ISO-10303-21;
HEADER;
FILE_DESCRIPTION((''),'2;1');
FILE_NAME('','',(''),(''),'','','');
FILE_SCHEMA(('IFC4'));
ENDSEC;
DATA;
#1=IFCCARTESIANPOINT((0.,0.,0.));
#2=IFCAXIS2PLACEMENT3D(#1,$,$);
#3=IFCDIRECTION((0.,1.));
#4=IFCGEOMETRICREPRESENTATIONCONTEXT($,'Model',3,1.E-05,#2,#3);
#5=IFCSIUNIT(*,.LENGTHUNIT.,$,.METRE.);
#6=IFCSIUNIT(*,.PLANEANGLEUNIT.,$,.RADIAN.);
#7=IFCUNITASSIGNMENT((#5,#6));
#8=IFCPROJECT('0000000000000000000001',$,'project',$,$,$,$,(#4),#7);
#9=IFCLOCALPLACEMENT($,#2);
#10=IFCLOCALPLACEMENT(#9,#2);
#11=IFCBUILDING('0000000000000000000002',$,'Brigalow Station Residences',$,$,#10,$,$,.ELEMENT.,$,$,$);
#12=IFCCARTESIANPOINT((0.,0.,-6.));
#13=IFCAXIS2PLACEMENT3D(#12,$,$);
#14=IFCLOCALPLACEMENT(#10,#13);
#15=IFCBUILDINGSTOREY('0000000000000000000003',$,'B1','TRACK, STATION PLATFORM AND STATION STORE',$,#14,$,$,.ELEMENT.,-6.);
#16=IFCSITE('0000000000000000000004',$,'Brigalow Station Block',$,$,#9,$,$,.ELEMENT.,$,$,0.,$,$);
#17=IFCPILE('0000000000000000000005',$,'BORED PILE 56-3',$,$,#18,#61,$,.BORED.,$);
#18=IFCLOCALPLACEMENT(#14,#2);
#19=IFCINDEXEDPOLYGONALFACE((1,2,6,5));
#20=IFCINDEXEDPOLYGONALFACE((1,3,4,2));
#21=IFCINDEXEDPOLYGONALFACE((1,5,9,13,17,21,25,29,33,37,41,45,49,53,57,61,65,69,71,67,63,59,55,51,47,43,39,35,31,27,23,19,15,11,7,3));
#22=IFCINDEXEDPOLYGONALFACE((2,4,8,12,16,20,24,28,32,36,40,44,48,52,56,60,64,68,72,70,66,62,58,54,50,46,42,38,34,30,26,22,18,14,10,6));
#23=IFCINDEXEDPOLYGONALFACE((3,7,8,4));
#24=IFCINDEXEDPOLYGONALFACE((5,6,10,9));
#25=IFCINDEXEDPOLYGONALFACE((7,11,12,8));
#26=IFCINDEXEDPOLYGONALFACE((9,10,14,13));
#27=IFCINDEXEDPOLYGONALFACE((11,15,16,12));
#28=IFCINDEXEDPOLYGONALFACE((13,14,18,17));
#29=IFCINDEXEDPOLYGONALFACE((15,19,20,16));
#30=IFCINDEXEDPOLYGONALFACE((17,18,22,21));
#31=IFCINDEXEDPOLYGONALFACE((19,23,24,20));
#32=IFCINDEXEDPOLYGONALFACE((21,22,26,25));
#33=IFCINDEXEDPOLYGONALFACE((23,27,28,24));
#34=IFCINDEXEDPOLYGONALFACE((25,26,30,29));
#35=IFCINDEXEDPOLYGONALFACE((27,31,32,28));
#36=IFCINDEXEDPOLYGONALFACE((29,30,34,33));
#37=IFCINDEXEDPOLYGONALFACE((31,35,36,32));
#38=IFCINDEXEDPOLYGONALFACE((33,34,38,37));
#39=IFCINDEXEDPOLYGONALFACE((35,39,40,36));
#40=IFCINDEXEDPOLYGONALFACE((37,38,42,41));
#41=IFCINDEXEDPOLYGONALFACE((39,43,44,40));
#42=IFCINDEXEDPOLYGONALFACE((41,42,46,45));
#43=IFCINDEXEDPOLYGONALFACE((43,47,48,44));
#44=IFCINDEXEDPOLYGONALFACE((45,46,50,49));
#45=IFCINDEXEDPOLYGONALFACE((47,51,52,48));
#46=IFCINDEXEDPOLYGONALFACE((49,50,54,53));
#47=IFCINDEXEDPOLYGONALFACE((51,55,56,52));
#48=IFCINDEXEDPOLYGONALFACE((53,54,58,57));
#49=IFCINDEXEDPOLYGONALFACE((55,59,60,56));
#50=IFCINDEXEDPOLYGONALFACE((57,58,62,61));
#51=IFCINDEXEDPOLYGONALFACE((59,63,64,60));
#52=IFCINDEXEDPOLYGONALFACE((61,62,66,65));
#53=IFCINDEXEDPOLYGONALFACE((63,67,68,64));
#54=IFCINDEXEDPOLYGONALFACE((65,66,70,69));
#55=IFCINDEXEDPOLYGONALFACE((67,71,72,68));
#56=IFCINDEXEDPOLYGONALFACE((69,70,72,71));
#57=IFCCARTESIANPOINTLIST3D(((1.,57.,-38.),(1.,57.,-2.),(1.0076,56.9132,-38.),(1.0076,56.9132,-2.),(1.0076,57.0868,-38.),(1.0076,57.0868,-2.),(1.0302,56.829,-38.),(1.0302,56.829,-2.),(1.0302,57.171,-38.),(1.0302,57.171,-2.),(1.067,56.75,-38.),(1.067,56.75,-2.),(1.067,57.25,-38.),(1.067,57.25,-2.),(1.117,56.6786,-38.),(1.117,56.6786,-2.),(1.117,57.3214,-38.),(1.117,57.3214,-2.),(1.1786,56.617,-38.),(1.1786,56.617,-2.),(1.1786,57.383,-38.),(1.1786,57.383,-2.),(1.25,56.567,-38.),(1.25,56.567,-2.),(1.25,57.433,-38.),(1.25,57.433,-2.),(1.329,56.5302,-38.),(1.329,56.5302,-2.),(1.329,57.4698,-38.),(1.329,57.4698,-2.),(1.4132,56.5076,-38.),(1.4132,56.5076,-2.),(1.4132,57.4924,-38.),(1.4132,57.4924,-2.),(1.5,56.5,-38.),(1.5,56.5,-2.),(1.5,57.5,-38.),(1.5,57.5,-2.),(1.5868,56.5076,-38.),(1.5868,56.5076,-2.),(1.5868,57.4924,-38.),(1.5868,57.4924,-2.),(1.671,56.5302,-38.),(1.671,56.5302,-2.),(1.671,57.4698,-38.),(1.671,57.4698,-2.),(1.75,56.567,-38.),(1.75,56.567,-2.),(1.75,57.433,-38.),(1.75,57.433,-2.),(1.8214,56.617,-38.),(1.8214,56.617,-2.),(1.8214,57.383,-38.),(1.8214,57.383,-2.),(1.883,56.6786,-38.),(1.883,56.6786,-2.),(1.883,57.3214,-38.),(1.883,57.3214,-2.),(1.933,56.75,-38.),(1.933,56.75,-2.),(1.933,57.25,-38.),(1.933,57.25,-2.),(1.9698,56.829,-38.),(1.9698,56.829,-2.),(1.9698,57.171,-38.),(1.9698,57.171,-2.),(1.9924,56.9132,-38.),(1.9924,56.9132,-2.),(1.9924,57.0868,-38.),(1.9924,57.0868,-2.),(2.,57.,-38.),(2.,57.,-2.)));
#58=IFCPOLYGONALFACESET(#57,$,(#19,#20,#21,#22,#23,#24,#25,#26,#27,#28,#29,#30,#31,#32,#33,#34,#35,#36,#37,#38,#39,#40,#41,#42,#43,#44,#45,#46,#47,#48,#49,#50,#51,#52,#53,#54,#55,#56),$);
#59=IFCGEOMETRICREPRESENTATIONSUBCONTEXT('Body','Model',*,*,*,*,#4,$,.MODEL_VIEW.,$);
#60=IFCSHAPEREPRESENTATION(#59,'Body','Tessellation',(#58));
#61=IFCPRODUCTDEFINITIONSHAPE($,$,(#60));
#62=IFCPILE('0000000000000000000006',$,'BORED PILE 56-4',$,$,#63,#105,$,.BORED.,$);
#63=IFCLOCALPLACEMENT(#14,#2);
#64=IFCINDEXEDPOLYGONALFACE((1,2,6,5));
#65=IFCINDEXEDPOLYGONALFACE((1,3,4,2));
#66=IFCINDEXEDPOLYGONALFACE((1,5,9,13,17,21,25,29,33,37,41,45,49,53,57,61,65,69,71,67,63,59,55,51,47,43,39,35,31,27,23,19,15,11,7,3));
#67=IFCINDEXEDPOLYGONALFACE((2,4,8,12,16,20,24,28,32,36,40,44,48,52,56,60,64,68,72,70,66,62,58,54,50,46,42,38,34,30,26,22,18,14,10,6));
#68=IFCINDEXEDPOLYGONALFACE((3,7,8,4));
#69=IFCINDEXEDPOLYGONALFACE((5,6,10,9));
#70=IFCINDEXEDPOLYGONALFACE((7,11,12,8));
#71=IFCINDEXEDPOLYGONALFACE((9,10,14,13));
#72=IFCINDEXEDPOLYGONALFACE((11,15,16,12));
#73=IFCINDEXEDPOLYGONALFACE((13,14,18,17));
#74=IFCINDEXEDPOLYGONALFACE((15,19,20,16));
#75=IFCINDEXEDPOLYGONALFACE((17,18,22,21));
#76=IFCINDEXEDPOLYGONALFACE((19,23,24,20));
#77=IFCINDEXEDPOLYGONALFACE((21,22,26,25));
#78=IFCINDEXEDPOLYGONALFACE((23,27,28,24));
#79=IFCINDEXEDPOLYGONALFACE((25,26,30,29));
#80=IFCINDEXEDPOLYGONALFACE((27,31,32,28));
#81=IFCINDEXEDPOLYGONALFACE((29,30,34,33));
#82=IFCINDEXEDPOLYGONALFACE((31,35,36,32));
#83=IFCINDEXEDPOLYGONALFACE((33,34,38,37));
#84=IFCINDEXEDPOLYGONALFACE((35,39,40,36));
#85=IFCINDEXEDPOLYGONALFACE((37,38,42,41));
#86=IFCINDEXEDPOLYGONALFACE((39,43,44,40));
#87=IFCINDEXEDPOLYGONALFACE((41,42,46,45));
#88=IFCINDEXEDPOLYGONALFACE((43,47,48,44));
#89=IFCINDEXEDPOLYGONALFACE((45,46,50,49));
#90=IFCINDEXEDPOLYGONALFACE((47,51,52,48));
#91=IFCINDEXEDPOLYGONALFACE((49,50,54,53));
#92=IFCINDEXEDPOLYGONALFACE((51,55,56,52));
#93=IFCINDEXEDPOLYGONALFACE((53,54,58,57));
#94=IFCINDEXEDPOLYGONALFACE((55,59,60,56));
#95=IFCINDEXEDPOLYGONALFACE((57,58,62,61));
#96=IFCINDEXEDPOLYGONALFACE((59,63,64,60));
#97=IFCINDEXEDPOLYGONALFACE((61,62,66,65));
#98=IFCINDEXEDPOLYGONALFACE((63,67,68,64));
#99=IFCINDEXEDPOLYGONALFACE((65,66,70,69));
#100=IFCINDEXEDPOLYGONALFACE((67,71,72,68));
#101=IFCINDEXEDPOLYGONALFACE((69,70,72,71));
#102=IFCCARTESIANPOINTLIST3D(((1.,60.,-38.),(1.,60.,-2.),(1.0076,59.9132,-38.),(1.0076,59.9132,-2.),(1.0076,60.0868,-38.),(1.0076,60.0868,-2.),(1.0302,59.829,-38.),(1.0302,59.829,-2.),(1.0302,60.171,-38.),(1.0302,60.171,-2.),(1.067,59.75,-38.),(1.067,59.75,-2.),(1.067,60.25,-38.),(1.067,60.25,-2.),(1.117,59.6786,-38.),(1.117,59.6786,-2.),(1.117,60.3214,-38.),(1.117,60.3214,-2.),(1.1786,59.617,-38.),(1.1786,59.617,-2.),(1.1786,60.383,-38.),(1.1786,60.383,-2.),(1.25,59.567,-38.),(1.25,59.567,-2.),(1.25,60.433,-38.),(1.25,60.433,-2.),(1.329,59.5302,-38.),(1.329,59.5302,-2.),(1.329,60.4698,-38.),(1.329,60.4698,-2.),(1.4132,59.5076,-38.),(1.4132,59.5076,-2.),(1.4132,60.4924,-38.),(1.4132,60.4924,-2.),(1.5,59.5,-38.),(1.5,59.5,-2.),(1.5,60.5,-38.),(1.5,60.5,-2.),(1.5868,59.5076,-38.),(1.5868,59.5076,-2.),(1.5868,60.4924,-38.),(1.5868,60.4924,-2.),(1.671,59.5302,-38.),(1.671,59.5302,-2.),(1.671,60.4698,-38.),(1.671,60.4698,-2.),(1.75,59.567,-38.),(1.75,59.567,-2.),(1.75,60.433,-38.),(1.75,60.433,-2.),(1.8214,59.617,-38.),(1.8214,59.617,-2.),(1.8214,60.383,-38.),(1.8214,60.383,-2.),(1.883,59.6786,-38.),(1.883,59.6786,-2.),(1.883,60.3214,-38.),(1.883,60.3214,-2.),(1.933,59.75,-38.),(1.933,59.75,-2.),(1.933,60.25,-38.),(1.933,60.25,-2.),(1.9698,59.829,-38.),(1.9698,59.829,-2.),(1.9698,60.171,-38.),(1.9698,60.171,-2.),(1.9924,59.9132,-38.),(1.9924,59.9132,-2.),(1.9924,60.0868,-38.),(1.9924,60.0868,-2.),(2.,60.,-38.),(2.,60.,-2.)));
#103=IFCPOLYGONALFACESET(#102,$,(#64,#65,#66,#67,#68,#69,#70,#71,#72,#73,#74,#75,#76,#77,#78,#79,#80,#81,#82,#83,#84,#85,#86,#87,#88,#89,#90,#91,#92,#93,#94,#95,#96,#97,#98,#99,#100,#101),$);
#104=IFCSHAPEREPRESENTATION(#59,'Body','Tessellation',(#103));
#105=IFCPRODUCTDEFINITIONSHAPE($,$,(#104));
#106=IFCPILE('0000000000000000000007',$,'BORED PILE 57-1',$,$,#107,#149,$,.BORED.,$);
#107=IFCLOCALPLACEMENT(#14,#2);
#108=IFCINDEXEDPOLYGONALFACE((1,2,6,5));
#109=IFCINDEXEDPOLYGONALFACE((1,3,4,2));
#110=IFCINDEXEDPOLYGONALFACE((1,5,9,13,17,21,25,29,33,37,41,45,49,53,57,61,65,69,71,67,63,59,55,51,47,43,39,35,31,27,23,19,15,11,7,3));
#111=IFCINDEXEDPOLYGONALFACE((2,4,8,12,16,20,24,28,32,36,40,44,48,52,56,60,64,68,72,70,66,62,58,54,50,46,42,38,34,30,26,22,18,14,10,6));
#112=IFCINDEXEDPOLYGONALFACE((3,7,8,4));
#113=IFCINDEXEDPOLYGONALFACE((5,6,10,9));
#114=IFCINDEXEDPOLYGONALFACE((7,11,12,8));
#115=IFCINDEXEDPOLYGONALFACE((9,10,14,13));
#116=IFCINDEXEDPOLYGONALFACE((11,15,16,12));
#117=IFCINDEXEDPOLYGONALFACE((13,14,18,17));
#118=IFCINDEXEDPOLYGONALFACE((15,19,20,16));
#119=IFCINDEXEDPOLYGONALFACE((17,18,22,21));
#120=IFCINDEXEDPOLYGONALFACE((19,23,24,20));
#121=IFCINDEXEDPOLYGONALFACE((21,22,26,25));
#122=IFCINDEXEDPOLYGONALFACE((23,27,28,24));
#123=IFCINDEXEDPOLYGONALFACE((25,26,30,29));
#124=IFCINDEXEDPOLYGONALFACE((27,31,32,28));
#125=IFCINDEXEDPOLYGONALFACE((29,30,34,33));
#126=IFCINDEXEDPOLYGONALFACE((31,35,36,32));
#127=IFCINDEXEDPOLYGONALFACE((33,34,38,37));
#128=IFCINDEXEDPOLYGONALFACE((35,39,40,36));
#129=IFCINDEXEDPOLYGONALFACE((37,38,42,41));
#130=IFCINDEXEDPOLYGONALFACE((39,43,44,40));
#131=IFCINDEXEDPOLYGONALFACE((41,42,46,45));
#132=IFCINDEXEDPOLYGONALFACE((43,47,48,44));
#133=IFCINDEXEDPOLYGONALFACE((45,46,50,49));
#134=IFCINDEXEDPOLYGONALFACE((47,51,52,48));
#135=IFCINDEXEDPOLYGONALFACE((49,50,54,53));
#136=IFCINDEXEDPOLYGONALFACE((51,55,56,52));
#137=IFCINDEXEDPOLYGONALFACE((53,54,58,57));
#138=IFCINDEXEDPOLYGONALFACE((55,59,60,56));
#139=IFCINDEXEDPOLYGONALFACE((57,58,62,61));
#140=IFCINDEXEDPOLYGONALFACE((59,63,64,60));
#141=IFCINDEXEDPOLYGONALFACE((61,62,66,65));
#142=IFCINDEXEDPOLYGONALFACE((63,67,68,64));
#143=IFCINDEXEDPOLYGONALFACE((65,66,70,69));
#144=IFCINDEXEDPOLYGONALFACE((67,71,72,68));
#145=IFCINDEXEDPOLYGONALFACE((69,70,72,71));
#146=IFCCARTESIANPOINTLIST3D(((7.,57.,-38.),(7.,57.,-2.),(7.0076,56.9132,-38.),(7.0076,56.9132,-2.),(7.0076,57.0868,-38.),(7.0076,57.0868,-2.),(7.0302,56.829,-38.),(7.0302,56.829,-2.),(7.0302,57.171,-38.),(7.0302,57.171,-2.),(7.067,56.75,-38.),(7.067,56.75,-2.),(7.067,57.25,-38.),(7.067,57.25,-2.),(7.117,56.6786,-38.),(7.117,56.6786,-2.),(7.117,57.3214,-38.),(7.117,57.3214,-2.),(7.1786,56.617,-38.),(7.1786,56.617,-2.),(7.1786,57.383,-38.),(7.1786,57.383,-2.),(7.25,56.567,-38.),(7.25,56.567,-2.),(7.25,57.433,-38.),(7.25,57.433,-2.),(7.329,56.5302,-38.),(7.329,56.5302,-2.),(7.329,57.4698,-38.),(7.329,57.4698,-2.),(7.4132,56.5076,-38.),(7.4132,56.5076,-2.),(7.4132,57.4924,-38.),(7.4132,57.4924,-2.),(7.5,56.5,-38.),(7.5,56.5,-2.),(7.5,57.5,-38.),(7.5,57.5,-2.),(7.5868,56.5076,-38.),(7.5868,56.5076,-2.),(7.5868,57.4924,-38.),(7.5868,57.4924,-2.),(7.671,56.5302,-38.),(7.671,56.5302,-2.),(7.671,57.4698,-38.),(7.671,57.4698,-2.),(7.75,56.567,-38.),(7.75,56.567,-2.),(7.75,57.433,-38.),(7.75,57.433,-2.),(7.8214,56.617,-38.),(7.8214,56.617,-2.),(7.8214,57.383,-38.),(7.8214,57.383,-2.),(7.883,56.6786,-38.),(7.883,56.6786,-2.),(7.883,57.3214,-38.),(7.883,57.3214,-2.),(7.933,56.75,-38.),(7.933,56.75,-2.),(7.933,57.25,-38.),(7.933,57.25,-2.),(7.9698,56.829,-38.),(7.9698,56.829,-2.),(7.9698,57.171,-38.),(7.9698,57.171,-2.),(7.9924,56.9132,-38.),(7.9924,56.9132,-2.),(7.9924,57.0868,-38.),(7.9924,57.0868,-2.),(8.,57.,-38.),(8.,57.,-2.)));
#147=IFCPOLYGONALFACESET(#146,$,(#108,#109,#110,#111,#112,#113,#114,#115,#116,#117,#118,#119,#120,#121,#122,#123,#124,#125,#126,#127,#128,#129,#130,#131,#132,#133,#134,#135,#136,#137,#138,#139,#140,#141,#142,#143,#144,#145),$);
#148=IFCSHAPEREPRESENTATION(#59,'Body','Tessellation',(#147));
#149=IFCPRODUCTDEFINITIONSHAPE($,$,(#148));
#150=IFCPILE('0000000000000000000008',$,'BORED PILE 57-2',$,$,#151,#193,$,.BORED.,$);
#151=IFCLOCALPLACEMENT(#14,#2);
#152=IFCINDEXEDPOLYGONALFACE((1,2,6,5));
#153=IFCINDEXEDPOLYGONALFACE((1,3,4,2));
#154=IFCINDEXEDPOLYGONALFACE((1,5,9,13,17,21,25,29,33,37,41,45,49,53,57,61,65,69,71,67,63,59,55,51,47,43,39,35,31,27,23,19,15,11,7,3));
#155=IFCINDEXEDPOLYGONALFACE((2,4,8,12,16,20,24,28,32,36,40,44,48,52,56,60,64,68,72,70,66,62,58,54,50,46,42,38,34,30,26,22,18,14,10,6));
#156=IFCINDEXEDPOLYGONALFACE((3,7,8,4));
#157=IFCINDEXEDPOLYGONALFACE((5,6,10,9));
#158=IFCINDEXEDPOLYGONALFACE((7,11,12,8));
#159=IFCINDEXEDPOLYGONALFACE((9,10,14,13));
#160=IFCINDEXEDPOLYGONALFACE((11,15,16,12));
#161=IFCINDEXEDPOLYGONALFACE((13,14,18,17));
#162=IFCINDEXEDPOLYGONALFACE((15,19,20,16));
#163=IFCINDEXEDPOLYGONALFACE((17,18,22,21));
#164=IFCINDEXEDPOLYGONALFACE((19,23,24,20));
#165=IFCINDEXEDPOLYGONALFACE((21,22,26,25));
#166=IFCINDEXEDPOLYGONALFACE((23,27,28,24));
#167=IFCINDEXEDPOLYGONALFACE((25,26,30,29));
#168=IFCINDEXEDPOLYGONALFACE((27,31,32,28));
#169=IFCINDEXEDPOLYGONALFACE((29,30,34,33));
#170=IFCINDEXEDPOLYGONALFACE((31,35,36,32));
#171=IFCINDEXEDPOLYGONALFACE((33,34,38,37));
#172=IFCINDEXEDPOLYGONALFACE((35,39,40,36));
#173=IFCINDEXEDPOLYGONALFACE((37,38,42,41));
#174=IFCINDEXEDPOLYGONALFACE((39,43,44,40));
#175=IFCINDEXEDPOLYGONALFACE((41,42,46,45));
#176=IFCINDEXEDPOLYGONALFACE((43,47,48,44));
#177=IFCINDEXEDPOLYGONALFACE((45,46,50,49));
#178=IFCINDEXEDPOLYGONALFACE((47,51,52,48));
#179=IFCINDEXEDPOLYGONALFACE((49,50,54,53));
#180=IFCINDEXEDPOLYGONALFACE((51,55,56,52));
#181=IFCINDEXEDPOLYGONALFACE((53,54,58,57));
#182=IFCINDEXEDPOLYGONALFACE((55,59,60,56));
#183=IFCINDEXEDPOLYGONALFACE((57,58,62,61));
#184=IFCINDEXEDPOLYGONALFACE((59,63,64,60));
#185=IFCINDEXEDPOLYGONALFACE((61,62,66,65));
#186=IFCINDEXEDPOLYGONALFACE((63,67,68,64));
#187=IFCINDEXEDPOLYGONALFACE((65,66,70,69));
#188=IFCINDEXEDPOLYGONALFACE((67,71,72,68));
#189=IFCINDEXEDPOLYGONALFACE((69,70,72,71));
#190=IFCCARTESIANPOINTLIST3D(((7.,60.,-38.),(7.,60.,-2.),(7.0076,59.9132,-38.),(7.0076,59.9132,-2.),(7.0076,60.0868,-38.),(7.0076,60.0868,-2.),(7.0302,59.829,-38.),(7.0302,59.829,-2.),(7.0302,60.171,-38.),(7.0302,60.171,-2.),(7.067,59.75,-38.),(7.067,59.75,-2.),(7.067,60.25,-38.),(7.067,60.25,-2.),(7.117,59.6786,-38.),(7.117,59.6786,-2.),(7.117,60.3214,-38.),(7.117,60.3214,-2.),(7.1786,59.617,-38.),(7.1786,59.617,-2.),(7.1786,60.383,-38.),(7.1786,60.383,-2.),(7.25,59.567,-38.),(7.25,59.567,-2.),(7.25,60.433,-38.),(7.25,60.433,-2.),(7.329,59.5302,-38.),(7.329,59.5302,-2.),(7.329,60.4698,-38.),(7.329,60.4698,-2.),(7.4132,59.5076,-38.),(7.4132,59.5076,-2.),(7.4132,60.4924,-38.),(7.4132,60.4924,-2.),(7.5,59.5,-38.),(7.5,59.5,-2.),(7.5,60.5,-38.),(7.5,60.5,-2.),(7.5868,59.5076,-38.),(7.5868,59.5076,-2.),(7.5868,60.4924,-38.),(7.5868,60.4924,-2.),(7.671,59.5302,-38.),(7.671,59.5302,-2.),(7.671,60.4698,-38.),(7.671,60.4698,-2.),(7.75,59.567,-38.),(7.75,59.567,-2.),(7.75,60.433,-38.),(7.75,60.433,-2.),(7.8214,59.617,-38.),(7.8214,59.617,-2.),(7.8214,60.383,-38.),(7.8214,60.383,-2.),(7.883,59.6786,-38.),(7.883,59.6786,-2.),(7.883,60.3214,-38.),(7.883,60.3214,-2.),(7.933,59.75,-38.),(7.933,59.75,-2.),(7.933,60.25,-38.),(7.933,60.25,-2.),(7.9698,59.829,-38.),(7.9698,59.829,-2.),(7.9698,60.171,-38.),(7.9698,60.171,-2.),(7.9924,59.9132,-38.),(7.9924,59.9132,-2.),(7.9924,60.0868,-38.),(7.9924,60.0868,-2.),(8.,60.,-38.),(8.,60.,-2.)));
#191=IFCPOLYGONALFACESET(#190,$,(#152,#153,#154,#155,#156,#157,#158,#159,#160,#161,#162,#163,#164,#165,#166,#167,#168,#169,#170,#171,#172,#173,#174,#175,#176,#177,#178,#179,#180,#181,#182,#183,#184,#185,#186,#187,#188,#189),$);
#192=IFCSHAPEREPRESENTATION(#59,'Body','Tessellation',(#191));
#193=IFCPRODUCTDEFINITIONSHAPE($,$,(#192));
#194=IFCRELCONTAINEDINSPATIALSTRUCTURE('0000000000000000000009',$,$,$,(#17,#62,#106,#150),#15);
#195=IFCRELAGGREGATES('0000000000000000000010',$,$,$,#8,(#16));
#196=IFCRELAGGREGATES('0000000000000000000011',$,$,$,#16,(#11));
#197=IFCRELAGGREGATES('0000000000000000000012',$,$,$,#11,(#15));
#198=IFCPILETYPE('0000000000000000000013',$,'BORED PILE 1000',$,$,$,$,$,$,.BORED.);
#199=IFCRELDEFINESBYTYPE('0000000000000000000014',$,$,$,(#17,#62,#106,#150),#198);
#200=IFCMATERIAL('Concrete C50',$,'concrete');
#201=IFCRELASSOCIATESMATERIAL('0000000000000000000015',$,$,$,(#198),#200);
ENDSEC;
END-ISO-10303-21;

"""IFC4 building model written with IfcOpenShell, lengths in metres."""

from ifc_helpers import new_model, si_unit, direction, frame, origin, origin_2d, place, context, subcontext, project, spatial, circle, extrude, material, material_profile, profile_set, type_object, element, save


model = new_model("IFC4")

# Units and contexts
model_context = context("Model", 3, precision=1e-05, world=origin(), true_north=direction((0.0, 1.0)))
body_context = subcontext(model_context, "Body", "Model", "MODEL_VIEW")
ifc_project = project(units=[si_unit("LENGTHUNIT", "METRE"), si_unit("PLANEANGLEUNIT", "RADIAN")], contexts=[model_context])

# Site, building, storey
site_placement = place(None, origin())
site = spatial("IfcSite", under=ifc_project, at=site_placement, Name="Brigalow Station Block", CompositionType="ELEMENT", RefElevation=0.0)
building_placement = place(site_placement, origin())
building = spatial("IfcBuilding", under=site, at=building_placement, Name="Brigalow Station Residences", CompositionType="ELEMENT")
storey_placement = place(building_placement, frame((0.0, 0.0, -6.0)))
storey = spatial("IfcBuildingStorey", under=building, at=storey_placement, Name="B1", Description="TRACK, STATION PLATFORM AND STATION STORE", CompositionType="ELEMENT", Elevation=-6.0)

# Piles
ifc_material_1 = material(Name="Concrete C50", Category="concrete")
ifc_material_profile_1 = material_profile(ifc_material_1, circle(Radius=0.5, at=origin_2d()), Name="BP1000")
ifc_profile_set_1 = profile_set([ifc_material_profile_1], Name="Concrete C50")
pile_type_1 = type_object("IfcPileType", Name="BORED PILE 1000", PredefinedType="BORED", material=ifc_profile_set_1)
for number, where, z_axis, x_axis, name in (
    (1, (1.5, 57.0, -2.0), (0.0, 0.0, -1.0), (1.0, 0.0, 0.0), "BORED PILE 56-3"),
    (2, (1.5, 60.0, -2.0), (0.0, 0.0, -1.0), (1.0, 0.0, 0.0), "BORED PILE 56-4"),
    (3, (7.5, 57.0, -2.0), (0.0, 0.0, -1.0), (1.0, 0.0, 0.0), "BORED PILE 57-1"),
    (4, (7.5, 60.0, -2.0), (0.0, 0.0, -1.0), (1.0, 0.0, 0.0), "BORED PILE 57-2"),
):
    element("IfcPile", number, at=place(storey_placement, frame(where, z_axis=z_axis, x_axis=x_axis)), inside=storey, type_object=pile_type_1, Name=name, PredefinedType="BORED", context=body_context, shape_type="SweptSolid", body=[
        extrude(circle(Radius=0.5, at=origin_2d()), origin(), (0.0, 0.0, 1.0), 36.0),
    ])

save(model, "model.ifc")
